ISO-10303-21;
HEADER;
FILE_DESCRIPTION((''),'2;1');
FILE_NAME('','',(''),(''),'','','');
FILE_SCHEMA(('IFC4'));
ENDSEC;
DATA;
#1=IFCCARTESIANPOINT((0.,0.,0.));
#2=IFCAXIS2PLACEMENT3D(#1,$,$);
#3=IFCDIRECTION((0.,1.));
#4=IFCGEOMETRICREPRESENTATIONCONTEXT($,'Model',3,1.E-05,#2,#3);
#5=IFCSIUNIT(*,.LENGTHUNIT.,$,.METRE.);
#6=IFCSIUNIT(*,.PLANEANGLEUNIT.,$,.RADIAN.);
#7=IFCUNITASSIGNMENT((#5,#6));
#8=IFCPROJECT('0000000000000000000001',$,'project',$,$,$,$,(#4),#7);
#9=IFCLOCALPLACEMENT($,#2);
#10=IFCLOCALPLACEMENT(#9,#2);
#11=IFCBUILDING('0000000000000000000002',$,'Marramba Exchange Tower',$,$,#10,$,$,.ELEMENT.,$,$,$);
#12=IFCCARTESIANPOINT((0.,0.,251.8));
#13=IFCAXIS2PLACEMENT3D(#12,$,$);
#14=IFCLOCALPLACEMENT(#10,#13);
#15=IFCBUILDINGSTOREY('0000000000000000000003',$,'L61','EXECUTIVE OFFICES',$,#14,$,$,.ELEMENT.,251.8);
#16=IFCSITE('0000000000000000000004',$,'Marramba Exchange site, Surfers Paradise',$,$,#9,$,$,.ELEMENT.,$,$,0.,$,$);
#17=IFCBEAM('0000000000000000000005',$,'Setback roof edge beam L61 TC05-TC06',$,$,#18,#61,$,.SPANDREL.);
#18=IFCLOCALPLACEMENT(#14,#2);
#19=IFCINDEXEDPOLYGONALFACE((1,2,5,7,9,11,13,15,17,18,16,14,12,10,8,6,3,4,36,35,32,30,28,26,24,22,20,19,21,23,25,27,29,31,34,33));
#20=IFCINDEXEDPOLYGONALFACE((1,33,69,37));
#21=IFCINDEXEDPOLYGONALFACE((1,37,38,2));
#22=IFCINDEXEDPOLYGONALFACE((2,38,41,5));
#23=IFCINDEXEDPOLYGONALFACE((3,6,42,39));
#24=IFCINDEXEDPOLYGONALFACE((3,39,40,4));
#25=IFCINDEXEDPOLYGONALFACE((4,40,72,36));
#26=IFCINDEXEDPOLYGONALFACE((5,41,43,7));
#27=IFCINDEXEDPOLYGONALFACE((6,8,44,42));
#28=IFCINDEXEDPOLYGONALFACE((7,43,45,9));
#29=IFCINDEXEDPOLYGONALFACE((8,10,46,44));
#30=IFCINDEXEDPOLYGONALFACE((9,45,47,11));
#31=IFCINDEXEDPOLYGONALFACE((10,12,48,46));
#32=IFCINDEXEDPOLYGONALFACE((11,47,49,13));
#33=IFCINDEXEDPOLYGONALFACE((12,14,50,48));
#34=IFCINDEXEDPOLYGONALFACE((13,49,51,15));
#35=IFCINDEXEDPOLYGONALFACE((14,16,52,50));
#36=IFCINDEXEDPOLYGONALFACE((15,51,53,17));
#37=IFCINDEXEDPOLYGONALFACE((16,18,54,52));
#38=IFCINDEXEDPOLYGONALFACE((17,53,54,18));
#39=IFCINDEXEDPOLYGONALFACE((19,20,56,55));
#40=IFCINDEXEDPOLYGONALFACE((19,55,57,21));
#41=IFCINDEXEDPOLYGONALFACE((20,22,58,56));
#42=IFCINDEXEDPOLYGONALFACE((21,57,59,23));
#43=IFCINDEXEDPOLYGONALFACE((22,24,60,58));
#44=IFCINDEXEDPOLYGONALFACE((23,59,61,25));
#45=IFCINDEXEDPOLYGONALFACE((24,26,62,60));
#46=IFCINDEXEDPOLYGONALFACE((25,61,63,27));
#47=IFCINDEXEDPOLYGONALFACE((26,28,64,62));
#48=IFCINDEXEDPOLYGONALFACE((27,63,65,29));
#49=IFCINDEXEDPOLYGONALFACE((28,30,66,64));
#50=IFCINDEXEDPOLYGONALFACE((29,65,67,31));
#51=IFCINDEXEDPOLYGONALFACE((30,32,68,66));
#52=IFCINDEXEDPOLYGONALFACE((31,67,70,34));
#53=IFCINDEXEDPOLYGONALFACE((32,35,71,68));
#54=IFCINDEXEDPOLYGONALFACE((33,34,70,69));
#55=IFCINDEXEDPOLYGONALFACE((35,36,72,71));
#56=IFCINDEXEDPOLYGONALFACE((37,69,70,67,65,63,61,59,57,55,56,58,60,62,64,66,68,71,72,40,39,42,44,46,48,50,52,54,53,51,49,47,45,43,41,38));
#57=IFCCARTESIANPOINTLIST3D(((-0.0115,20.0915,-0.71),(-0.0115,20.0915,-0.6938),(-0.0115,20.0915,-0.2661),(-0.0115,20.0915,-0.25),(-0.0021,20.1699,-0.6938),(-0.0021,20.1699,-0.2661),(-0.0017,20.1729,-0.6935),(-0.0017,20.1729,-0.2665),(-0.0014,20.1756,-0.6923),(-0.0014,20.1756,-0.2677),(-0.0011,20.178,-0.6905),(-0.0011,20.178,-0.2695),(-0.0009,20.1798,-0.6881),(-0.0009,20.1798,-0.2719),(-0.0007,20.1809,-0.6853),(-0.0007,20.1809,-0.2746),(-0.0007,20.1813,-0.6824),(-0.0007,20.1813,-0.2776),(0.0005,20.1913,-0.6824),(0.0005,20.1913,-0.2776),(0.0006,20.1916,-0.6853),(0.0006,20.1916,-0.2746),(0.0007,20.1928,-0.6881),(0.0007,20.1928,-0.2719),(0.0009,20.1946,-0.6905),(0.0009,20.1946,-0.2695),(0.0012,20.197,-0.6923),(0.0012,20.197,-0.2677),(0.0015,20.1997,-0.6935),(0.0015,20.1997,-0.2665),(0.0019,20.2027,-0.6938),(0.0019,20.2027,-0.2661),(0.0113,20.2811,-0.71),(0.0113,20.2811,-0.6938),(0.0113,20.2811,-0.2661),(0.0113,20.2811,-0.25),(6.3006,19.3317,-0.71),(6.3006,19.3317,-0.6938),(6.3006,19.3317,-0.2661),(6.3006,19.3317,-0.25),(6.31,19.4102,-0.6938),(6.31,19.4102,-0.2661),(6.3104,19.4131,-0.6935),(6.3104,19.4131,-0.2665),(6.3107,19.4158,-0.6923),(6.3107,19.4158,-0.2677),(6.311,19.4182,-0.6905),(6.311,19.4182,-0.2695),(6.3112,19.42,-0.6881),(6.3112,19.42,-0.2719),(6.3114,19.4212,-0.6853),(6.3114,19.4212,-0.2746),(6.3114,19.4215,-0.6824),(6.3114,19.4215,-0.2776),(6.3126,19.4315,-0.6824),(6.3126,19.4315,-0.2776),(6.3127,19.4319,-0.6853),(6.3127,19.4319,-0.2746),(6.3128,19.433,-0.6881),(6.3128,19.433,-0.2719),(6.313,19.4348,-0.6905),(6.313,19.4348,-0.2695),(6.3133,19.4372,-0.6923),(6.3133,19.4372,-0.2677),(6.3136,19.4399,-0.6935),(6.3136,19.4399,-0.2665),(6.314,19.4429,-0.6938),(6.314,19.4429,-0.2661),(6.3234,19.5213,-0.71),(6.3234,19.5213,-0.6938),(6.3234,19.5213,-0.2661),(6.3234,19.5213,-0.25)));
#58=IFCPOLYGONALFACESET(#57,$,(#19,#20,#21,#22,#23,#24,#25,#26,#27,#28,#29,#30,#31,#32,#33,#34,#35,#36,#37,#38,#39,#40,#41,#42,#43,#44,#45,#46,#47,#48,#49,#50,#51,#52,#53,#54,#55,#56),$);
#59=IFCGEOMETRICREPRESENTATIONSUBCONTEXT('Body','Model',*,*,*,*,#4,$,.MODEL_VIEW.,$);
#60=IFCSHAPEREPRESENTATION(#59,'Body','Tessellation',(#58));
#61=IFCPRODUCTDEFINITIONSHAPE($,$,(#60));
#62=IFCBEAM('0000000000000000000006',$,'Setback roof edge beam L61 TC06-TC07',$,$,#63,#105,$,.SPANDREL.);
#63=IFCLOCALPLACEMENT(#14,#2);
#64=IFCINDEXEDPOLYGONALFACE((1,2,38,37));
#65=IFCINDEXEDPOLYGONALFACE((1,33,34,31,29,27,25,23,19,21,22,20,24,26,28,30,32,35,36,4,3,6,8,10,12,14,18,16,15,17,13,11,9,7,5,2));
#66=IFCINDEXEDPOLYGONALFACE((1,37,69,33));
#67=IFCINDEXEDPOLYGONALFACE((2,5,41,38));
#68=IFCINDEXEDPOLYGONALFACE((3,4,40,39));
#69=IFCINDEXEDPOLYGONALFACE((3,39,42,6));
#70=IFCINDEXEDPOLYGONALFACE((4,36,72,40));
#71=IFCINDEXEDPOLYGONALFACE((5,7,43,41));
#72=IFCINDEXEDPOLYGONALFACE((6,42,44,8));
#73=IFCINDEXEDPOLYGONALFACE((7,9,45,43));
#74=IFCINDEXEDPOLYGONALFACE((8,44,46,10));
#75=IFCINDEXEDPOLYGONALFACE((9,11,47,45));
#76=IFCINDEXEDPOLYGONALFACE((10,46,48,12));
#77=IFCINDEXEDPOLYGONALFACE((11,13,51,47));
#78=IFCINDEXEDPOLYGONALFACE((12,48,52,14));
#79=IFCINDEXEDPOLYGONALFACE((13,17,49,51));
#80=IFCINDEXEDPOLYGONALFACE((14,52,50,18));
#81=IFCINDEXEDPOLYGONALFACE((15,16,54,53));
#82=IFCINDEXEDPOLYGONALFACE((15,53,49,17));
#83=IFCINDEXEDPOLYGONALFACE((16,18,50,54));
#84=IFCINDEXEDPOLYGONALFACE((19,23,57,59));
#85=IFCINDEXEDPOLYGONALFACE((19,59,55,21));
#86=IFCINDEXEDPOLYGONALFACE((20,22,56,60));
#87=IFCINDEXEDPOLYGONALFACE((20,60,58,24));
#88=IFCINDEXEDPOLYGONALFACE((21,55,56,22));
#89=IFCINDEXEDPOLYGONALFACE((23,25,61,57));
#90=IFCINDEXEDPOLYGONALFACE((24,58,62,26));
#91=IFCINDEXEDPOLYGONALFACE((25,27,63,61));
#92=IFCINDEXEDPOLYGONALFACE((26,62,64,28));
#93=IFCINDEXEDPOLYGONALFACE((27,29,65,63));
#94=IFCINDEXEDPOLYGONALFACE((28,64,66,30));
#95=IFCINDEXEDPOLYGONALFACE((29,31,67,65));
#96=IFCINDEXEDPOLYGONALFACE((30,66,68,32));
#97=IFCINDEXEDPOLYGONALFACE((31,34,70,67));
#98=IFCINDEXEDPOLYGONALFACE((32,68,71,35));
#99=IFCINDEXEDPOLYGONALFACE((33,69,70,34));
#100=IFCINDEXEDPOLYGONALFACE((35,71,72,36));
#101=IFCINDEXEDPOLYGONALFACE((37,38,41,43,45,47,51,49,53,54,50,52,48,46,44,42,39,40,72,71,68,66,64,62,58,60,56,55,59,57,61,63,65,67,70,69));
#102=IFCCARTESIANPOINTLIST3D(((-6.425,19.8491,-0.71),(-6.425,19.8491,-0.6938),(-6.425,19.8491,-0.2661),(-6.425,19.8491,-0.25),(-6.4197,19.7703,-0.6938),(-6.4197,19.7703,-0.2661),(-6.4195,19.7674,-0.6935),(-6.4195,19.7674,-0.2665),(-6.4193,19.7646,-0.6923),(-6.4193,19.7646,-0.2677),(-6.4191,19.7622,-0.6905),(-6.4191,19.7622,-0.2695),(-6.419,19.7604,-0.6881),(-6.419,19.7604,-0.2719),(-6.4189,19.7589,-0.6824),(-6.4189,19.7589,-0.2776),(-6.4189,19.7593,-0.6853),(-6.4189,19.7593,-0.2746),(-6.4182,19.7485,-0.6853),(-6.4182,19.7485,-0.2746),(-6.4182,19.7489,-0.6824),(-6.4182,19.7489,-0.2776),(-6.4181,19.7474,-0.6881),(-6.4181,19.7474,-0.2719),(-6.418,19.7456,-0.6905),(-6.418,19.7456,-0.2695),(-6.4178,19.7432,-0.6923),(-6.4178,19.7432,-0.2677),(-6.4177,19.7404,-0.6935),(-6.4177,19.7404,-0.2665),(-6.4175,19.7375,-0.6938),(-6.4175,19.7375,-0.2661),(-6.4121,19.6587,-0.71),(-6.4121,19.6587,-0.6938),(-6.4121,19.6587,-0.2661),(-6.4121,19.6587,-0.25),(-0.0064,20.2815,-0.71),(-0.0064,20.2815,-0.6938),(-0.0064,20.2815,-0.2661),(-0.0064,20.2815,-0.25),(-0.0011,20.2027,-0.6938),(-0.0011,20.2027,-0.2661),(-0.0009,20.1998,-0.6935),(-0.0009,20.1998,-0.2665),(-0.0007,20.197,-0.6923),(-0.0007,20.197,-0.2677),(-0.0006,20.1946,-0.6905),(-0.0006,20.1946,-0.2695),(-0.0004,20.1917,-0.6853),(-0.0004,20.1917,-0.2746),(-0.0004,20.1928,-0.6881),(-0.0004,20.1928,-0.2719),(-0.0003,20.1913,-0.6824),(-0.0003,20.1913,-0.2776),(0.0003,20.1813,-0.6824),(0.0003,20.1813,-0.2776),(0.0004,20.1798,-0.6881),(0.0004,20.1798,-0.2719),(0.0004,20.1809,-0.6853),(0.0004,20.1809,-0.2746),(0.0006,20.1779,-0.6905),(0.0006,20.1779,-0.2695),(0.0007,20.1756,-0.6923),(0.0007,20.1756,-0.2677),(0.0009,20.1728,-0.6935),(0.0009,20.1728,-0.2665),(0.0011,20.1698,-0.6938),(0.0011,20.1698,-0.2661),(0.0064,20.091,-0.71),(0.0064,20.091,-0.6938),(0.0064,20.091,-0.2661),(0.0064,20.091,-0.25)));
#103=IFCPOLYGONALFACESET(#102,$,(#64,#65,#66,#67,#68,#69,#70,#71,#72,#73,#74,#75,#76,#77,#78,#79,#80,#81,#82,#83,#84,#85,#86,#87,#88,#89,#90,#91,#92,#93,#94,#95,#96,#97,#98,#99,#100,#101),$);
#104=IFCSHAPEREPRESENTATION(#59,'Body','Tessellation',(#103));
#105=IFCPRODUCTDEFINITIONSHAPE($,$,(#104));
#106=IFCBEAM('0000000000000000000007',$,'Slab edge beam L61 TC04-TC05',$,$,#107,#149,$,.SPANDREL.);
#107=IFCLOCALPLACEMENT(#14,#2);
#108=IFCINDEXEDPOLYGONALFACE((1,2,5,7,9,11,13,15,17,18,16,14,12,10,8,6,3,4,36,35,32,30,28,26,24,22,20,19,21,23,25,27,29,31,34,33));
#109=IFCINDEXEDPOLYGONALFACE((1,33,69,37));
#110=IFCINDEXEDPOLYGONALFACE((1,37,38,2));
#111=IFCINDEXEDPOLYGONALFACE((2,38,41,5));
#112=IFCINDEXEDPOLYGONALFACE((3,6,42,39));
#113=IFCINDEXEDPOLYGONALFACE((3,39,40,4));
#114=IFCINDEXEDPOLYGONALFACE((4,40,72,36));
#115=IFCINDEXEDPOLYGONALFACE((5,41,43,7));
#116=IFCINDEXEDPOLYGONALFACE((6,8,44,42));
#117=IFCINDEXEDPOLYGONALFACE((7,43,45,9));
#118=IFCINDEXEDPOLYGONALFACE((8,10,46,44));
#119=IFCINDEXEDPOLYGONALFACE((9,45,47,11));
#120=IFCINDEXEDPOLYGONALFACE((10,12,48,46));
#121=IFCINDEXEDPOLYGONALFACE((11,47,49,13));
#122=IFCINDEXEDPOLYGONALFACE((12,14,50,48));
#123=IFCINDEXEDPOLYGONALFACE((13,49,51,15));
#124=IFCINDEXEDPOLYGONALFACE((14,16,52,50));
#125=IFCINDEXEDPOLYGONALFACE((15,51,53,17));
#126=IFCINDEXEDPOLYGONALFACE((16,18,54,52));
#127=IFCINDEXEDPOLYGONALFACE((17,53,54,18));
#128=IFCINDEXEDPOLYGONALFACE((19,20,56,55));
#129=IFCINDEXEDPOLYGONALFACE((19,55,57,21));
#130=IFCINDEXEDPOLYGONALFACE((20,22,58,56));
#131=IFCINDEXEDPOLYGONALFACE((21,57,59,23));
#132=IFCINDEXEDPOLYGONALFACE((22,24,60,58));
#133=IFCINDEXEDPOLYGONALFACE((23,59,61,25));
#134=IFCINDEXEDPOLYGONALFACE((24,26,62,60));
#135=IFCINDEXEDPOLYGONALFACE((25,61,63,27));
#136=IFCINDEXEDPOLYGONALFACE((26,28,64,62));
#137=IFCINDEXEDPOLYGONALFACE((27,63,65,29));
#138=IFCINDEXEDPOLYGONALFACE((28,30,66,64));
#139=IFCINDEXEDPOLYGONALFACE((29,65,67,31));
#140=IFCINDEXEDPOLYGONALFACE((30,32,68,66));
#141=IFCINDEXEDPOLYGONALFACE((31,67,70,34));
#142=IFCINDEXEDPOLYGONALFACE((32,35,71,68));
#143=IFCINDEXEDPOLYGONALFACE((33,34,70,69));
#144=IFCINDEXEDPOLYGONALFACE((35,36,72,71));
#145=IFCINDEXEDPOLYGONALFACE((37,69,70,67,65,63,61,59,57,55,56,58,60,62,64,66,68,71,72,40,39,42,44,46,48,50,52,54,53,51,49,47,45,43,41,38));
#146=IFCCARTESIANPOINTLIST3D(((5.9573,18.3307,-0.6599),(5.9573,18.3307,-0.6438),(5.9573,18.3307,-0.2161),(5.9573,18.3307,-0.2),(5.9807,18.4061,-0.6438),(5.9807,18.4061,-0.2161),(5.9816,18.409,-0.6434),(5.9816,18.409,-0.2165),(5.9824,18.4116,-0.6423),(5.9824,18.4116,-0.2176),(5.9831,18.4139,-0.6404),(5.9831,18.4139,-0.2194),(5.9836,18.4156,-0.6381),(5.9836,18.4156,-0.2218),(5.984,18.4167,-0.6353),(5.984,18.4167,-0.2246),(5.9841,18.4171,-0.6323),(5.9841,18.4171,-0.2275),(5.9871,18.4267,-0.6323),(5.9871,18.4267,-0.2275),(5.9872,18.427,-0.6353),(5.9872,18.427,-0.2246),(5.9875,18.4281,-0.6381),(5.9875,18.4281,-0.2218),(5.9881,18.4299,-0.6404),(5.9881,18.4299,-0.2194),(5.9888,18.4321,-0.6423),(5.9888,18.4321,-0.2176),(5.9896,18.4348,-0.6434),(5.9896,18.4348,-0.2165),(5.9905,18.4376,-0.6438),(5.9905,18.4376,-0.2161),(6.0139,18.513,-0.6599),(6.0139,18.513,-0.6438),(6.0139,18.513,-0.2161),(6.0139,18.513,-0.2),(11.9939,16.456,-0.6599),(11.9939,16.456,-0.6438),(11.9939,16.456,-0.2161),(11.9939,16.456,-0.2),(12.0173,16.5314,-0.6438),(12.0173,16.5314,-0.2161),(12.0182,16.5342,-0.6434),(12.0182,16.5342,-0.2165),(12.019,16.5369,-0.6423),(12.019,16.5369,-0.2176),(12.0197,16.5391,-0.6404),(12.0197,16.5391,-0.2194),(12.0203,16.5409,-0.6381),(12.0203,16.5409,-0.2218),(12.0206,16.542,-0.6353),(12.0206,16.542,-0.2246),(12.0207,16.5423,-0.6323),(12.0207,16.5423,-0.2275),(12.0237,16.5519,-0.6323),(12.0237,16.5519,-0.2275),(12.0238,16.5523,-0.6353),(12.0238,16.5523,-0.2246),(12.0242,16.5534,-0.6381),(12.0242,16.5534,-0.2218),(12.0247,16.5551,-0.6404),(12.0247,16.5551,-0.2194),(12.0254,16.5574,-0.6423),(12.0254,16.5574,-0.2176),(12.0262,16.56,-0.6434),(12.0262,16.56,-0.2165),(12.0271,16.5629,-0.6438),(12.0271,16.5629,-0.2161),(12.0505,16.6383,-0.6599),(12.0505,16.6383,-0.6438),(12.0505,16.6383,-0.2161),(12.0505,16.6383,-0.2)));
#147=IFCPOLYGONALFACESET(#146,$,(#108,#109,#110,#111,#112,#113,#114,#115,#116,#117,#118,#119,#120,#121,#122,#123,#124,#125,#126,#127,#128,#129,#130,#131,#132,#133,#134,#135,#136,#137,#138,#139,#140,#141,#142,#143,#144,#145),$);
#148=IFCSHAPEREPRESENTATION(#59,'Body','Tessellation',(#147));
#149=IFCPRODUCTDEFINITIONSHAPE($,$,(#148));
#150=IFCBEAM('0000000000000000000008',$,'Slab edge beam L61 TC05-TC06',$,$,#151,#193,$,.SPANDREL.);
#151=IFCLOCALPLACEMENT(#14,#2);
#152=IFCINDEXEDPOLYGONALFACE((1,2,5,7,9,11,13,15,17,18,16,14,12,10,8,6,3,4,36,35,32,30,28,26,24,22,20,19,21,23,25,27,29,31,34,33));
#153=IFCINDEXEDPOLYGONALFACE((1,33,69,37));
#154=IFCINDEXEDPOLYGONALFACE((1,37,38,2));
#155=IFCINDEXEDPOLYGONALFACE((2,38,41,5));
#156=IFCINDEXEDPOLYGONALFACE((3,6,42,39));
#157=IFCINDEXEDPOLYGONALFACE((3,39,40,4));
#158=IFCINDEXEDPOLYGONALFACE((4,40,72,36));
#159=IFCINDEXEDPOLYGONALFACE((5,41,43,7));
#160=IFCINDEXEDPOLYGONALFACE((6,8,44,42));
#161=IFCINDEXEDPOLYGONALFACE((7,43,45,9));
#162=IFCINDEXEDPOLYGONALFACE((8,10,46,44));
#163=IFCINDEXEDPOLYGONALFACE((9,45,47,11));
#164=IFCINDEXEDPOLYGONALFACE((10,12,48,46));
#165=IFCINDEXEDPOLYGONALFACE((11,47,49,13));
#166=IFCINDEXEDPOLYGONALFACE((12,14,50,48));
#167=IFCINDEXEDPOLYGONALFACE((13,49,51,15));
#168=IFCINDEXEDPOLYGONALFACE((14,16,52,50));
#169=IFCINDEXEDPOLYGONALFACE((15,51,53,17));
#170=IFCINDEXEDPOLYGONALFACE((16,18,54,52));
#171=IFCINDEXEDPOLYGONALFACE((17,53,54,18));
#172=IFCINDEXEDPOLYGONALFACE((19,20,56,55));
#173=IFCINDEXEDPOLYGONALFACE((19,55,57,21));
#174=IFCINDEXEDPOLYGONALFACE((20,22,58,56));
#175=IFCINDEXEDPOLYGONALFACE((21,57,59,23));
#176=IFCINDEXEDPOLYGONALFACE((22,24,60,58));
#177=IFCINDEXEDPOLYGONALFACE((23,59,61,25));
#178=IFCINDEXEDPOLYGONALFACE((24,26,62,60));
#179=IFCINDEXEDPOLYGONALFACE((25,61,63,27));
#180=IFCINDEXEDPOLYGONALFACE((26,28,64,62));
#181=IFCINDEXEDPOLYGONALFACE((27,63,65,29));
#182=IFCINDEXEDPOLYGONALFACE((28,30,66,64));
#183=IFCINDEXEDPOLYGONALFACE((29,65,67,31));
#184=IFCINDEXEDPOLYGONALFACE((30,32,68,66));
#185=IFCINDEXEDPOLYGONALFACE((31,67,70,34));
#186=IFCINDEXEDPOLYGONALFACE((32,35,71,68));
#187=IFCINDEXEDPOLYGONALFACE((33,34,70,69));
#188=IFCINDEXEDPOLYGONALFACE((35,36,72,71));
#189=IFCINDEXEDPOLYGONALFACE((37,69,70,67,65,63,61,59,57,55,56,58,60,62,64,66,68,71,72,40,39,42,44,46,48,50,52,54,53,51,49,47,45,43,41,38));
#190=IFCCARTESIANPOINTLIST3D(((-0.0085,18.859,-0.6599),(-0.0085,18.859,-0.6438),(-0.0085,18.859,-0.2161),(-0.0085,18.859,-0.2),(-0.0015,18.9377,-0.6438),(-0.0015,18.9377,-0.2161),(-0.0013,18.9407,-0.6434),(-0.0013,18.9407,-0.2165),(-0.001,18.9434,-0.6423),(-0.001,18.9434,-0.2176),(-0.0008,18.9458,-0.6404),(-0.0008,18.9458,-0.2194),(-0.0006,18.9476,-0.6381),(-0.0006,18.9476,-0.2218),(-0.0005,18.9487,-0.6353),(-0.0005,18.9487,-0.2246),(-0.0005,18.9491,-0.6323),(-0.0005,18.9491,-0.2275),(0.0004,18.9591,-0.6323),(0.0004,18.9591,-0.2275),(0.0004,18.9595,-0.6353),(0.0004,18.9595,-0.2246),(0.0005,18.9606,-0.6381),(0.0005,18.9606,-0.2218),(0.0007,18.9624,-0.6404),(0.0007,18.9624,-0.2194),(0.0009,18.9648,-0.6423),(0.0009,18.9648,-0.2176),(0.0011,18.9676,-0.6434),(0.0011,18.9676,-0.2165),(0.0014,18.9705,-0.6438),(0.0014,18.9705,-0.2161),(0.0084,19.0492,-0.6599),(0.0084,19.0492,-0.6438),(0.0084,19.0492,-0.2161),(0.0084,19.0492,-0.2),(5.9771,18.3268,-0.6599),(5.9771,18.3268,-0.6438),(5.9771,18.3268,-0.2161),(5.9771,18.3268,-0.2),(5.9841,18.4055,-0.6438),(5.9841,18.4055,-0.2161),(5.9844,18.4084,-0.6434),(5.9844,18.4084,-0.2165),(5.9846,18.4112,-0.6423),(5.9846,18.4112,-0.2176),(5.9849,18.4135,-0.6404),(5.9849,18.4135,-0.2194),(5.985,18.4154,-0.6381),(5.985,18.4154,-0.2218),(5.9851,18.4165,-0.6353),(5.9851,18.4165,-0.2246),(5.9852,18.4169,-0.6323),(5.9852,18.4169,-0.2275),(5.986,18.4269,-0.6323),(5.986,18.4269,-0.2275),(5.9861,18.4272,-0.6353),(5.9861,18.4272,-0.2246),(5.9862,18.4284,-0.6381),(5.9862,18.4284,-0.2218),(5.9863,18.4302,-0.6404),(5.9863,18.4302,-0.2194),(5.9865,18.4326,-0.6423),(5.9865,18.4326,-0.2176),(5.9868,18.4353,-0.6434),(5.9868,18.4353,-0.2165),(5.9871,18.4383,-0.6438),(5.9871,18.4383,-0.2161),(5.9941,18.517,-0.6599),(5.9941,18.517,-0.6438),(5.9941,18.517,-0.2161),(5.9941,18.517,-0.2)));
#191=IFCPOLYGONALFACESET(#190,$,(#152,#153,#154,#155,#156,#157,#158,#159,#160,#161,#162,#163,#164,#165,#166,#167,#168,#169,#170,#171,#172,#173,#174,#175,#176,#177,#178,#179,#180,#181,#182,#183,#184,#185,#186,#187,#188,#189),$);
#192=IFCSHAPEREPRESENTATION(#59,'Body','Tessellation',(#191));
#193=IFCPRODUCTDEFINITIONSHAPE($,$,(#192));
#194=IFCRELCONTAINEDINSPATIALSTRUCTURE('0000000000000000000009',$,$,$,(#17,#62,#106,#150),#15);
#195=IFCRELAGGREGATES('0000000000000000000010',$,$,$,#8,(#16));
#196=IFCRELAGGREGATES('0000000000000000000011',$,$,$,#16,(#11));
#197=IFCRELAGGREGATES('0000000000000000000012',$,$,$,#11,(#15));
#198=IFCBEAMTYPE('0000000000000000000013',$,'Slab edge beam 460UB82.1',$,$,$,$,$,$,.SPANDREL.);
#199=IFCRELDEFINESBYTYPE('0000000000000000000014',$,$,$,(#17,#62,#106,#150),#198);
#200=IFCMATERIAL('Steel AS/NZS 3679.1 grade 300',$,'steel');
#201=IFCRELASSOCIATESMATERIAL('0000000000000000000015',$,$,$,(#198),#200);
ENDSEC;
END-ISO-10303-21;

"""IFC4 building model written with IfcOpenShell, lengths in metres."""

from ifc_helpers import new_model, si_unit, direction, frame, origin, origin_2d, place, context, subcontext, project, spatial, i_section, extrude, material, material_profile, profile_set, type_object, element, save


model = new_model("IFC4")

# Units and contexts
model_context = context("Model", 3, precision=1e-05, world=origin(), true_north=direction((0.0, 1.0)))
body_context = subcontext(model_context, "Body", "Model", "MODEL_VIEW")
ifc_project = project(units=[si_unit("LENGTHUNIT", "METRE"), si_unit("PLANEANGLEUNIT", "RADIAN")], contexts=[model_context])

# Site, building, storey
site_placement = place(None, origin())
site = spatial("IfcSite", under=ifc_project, at=site_placement, Name="Marramba Exchange site, Surfers Paradise", CompositionType="ELEMENT", RefElevation=0.0)
building_placement = place(site_placement, origin())
building = spatial("IfcBuilding", under=site, at=building_placement, Name="Marramba Exchange Tower", CompositionType="ELEMENT")
storey_placement = place(building_placement, frame((0.0, 0.0, 251.8)))
storey = spatial("IfcBuildingStorey", under=building, at=storey_placement, Name="L61", Description="EXECUTIVE OFFICES", CompositionType="ELEMENT", Elevation=251.8)

# Beams
ifc_material_1 = material(Name="Steel AS/NZS 3679.1 grade 300", Category="steel")
ifc_material_profile_1 = material_profile(ifc_material_1, i_section(OverallWidth=0.1909, OverallDepth=0.46, WebThickness=0.01, FlangeThickness=0.0161, FilletRadius=0.0115, at=origin_2d()), Name="460UB82.1")
ifc_profile_set_1 = profile_set([ifc_material_profile_1], Name="Steel AS/NZS 3679.1 grade 300")
beam_type_1 = type_object("IfcBeamType", Name="Slab edge beam 460UB82.1", PredefinedType="SPANDREL", material=ifc_profile_set_1)
beam_1_placement = place(storey_placement, frame((6.312, 19.4265, -0.48), z_axis=(-0.992834, 0.119506, 0.0), x_axis=(-0.119506, -0.992834, 0.0)))
element("IfcBeam", 1, at=beam_1_placement, inside=storey, type_object=beam_type_1, Name="Setback roof edge beam L61 TC05-TC06", PredefinedType="SPANDREL", context=body_context, shape_type="SweptSolid", body=[
    extrude(i_section(OverallWidth=0.1909, OverallDepth=0.46, WebThickness=0.01, FlangeThickness=0.0161, FilletRadius=0.0115, at=origin_2d()), origin(), (0.0, 0.0, 1.0), 6.3577),
])
beam_2_placement = place(storey_placement, frame((0.0, 20.1863, -0.48), z_axis=(-0.997739, -0.067212, 0.0), x_axis=(0.067212, -0.997739, 0.0)))
element("IfcBeam", 2, at=beam_2_placement, inside=storey, type_object=beam_type_1, Name="Setback roof edge beam L61 TC06-TC07", PredefinedType="SPANDREL", context=body_context, shape_type="SweptSolid", body=[
    extrude(i_section(OverallWidth=0.1909, OverallDepth=0.46, WebThickness=0.01, FlangeThickness=0.0161, FilletRadius=0.0115, at=origin_2d()), origin(), (0.0, 0.0, 1.0), 6.4331),
])
beam_3_placement = place(storey_placement, frame((12.0222, 16.5471, -0.4299), z_axis=(-0.955005, 0.29659, 0.0), x_axis=(-0.29659, -0.955005, 0.0)))
element("IfcBeam", 3, at=beam_3_placement, inside=storey, type_object=beam_type_1, Name="Slab edge beam L61 TC04-TC05", PredefinedType="SPANDREL", context=body_context, shape_type="SweptSolid", body=[
    extrude(i_section(OverallWidth=0.1909, OverallDepth=0.46, WebThickness=0.01, FlangeThickness=0.0161, FilletRadius=0.0115, at=origin_2d()), origin(), (0.0, 0.0, 1.0), 6.321),
])
for number, where, z_axis, x_axis, name in (
    (4, (5.9856, 18.4219, -0.4299), (-0.99607, 0.088568, 0.0), (-0.088568, -0.99607, 0.0), "Slab edge beam L61 TC05-TC06"),
):
    element("IfcBeam", number, at=place(storey_placement, frame(where, z_axis=z_axis, x_axis=x_axis)), inside=storey, type_object=beam_type_1, Name=name, PredefinedType="SPANDREL", context=body_context, shape_type="SweptSolid", body=[
        extrude(i_section(OverallWidth=0.1909, OverallDepth=0.46, WebThickness=0.01, FlangeThickness=0.0161, FilletRadius=0.0115, at=origin_2d()), origin(), (0.0, 0.0, 1.0), 6.0093),
    ])

save(model, "model.ifc")
